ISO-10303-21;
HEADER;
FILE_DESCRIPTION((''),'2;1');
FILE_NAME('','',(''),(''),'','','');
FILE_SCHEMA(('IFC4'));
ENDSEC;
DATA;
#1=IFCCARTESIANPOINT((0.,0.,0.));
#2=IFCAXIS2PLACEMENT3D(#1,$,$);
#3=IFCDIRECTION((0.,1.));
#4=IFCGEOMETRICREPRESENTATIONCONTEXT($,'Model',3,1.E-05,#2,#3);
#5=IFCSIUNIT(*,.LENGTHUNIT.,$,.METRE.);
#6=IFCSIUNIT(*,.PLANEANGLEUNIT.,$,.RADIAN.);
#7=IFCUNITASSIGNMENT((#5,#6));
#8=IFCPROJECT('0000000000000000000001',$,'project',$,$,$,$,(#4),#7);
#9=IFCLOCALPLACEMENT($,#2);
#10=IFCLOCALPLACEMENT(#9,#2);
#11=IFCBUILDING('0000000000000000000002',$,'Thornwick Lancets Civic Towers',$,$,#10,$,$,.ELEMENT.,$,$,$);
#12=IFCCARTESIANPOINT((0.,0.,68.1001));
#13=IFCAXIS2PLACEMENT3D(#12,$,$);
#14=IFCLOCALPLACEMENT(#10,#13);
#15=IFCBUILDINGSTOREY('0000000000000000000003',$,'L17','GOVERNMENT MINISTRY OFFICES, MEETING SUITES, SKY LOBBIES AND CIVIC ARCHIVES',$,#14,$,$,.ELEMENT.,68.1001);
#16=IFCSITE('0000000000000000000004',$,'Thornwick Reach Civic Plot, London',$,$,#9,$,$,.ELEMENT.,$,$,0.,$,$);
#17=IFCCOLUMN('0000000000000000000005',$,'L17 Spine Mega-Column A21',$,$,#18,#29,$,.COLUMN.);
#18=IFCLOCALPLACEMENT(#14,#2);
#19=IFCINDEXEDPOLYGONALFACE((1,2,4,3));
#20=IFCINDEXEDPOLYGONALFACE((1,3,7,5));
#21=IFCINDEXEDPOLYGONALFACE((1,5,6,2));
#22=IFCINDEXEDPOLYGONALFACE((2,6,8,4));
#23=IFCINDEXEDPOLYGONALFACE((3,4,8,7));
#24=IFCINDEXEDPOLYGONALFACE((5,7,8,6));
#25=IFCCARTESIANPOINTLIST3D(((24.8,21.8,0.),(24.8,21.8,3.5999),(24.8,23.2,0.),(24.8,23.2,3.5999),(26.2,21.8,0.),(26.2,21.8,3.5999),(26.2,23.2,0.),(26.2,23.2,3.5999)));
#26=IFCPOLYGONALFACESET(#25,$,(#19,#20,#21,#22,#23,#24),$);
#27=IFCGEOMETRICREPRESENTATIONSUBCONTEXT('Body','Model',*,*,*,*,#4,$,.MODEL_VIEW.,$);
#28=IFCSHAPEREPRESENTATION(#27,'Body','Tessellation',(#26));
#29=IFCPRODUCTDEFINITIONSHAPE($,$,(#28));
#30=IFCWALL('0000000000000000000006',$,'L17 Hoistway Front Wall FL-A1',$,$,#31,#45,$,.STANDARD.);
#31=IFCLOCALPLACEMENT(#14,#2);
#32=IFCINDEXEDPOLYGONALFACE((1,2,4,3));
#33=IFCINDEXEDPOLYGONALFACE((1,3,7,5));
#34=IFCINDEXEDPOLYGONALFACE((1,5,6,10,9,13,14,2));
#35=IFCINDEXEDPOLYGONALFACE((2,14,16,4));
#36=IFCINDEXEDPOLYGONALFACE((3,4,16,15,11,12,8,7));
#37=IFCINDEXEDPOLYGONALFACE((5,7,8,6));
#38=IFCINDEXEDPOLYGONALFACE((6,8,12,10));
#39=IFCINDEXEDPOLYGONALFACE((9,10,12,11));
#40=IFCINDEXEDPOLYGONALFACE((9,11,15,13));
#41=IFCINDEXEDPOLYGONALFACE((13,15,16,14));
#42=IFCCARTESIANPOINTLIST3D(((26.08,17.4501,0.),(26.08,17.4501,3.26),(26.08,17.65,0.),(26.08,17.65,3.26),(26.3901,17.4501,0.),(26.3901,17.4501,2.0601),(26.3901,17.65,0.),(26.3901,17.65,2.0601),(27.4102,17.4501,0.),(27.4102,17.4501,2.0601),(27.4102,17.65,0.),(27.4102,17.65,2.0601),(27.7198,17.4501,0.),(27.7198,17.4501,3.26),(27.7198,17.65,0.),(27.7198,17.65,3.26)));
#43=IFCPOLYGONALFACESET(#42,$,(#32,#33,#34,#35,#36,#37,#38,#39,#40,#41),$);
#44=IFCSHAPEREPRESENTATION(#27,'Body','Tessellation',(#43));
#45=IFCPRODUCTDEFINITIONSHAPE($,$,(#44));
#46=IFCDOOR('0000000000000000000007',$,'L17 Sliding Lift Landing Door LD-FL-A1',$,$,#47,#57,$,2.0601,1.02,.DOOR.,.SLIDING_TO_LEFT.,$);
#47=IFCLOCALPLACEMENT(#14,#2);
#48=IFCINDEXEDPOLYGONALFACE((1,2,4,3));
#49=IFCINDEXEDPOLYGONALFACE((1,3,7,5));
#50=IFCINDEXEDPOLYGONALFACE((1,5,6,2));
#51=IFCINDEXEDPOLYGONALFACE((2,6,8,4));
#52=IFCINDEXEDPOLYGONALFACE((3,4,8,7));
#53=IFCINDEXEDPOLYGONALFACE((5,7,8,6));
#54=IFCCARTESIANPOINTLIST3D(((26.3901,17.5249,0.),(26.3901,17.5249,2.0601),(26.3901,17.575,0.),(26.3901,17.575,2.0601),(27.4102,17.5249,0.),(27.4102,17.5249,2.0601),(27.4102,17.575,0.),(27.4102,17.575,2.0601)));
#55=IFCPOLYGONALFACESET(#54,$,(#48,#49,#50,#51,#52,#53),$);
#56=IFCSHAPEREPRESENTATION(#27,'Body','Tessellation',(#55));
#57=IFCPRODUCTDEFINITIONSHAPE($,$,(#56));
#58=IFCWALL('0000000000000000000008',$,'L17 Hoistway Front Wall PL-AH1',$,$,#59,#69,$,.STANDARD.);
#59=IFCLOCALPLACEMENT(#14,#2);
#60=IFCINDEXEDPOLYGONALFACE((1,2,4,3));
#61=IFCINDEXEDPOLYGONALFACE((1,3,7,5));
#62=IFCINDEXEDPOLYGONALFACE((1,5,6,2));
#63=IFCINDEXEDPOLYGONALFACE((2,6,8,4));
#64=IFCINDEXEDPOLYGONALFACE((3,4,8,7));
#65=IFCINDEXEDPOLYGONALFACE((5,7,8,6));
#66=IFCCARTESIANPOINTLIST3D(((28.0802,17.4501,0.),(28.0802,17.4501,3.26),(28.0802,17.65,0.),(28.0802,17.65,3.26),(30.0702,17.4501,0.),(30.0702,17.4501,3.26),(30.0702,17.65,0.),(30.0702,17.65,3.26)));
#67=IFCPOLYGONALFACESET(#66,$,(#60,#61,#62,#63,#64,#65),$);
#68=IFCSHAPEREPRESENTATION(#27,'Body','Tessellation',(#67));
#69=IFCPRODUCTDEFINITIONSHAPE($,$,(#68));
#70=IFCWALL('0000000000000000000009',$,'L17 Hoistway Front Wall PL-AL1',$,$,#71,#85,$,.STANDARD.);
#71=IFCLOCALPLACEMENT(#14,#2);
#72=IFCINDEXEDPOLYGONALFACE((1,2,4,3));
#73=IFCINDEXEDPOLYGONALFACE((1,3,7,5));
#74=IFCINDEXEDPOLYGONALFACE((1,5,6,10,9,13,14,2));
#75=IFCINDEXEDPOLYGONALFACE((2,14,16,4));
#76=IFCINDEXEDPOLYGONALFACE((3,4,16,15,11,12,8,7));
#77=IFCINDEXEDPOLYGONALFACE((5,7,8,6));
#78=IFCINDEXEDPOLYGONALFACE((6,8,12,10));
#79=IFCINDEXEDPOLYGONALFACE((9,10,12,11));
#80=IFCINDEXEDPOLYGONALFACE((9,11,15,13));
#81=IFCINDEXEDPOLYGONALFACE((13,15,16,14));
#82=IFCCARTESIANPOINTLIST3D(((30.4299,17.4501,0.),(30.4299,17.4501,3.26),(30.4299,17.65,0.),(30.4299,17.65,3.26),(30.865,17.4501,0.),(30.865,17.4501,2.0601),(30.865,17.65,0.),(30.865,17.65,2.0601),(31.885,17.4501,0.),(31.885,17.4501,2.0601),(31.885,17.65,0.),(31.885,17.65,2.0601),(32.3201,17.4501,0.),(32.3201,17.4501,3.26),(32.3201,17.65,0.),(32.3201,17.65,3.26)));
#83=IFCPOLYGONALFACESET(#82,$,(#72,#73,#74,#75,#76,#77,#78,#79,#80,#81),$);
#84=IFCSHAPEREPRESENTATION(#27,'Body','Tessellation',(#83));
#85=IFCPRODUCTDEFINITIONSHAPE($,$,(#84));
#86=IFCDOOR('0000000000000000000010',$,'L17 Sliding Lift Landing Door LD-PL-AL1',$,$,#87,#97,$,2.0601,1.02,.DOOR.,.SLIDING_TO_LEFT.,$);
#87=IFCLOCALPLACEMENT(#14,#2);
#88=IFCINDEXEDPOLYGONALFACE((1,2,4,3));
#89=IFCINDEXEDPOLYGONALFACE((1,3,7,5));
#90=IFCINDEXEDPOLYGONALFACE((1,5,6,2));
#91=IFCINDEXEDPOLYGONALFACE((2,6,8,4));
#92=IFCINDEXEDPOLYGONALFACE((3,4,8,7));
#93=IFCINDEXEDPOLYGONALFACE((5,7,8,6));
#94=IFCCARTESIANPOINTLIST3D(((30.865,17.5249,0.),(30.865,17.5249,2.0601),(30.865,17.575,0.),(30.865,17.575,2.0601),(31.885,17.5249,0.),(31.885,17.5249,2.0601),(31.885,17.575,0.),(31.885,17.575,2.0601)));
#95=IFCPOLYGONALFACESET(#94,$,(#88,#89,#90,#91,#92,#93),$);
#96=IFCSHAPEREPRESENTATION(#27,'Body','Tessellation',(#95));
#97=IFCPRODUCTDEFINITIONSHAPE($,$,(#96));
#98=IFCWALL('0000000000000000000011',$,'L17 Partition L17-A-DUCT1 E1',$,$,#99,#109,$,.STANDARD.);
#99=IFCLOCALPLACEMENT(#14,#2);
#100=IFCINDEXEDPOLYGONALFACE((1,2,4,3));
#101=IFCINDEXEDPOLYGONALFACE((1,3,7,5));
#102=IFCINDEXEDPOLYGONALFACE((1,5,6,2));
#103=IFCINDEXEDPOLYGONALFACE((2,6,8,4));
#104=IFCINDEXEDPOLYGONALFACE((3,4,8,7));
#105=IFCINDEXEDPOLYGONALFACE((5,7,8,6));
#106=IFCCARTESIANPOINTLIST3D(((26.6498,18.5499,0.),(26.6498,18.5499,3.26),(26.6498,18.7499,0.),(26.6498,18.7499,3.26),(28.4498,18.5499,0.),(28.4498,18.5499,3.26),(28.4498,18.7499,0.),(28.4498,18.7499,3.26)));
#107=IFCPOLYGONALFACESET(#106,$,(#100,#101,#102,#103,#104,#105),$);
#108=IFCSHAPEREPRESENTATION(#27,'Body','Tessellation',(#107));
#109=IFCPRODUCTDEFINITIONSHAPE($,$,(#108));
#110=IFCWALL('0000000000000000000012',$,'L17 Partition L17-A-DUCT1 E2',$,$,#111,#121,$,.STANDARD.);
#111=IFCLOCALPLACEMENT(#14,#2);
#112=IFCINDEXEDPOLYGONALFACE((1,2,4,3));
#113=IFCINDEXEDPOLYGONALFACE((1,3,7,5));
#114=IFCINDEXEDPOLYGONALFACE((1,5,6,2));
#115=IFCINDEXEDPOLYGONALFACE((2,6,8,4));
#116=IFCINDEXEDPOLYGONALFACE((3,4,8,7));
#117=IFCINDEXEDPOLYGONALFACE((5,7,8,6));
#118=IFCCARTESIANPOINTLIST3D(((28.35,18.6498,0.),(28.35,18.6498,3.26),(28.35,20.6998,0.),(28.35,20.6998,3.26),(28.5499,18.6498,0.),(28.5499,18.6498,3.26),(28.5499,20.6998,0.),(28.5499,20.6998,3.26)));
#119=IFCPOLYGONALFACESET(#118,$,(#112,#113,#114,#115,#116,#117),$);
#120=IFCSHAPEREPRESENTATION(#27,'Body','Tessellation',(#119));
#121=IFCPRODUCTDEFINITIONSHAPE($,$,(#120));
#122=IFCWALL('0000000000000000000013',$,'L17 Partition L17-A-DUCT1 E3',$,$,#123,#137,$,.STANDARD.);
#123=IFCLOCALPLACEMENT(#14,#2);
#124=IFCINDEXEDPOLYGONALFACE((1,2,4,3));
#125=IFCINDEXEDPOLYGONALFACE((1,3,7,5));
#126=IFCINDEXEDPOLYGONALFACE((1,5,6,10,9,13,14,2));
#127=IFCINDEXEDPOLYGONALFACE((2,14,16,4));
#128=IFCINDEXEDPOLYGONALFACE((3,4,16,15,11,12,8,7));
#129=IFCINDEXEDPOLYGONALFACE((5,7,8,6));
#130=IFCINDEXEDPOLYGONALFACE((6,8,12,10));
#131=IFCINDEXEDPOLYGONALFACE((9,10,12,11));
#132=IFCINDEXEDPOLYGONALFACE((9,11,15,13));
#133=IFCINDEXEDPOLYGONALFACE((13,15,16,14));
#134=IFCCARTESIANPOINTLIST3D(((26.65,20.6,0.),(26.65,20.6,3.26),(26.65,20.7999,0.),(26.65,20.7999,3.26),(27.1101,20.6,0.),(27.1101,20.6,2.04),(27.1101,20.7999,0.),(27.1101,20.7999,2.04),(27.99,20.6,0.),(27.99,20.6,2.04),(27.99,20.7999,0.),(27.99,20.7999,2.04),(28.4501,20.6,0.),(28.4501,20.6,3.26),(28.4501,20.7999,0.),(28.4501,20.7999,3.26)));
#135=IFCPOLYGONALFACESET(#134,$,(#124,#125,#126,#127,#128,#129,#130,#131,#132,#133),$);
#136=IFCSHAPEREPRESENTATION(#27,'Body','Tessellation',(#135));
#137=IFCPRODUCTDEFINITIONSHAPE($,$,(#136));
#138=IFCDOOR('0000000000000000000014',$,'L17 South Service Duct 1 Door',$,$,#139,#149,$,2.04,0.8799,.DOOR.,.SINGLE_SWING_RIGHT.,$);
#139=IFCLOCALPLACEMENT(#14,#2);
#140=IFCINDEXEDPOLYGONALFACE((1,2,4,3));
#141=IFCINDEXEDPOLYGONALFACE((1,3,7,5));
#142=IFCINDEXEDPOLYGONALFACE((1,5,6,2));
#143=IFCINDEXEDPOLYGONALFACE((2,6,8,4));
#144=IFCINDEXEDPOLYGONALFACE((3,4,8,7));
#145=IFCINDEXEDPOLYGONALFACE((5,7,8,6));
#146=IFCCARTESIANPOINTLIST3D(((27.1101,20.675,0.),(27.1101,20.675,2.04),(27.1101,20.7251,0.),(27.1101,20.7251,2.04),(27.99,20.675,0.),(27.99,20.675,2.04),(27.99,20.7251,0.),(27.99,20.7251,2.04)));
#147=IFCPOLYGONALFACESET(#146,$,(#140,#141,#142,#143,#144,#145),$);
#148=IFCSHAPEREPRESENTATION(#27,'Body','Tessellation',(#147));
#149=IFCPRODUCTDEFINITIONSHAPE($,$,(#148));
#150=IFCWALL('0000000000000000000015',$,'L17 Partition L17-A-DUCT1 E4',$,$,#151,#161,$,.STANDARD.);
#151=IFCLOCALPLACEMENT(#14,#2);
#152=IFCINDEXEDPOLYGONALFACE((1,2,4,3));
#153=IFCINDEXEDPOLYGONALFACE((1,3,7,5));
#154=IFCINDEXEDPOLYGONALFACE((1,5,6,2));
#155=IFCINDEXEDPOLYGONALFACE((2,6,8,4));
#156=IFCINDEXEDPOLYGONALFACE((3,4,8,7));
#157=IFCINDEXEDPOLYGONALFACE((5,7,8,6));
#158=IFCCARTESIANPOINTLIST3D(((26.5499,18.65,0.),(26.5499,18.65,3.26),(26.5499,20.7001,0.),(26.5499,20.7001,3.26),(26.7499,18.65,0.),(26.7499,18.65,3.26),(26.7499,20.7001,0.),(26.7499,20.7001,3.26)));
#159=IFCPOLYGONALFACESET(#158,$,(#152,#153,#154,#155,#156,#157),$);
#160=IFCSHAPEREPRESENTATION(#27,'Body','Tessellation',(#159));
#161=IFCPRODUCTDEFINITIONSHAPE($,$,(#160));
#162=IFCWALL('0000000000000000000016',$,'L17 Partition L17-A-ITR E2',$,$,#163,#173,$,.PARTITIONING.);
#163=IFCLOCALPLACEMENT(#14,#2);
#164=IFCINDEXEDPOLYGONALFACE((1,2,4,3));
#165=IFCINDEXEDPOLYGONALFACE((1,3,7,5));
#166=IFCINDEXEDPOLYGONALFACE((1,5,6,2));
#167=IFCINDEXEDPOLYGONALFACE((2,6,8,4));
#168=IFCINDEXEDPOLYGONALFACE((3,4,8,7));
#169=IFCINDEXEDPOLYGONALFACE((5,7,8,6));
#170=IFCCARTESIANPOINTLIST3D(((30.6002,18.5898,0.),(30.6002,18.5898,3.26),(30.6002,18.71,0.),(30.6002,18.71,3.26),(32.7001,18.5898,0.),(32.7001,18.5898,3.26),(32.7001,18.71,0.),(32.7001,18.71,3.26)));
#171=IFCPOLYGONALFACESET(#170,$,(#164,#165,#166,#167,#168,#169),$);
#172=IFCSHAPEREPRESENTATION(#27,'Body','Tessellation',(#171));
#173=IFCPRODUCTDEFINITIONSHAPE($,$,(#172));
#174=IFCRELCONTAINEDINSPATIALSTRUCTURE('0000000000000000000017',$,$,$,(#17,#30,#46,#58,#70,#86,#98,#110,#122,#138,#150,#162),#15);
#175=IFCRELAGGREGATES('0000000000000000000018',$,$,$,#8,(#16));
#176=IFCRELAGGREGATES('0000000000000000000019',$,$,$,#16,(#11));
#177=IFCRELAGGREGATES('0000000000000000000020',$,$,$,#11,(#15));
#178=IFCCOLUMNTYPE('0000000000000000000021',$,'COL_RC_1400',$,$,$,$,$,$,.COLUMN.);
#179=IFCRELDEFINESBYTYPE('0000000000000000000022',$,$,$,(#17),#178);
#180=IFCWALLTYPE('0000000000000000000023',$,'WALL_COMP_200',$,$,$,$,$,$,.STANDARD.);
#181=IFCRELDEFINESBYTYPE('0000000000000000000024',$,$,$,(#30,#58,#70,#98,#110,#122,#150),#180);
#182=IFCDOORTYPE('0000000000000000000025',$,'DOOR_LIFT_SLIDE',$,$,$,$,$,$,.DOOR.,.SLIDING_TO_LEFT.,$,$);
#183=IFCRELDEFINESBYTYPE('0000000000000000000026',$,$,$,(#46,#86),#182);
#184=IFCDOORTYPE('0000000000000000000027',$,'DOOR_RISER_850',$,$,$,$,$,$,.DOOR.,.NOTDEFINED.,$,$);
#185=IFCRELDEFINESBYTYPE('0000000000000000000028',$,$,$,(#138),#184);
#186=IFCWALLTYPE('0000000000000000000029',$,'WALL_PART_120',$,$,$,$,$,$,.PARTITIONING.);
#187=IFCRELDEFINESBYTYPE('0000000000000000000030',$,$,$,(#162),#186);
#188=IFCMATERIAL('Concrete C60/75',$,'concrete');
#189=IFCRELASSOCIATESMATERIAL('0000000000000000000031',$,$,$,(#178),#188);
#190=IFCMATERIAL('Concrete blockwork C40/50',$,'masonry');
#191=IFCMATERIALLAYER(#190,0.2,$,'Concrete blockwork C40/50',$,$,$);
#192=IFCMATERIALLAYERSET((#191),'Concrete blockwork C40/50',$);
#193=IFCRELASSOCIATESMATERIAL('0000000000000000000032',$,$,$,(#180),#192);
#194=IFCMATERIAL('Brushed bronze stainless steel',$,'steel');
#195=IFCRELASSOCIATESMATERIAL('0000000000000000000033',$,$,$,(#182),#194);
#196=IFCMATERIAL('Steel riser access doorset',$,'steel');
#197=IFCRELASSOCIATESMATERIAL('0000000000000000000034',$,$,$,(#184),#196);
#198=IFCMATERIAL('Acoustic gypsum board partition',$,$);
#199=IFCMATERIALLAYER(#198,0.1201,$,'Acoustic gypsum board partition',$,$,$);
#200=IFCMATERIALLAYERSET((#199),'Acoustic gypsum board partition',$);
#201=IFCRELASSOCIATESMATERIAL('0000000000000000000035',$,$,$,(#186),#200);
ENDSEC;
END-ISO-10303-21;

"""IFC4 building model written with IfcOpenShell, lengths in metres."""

from ifc_helpers import new_model, si_unit, direction, frame, frame_2d, origin, origin_2d, place, context, subcontext, project, spatial, rectangle, extrude, material, layer, layer_set, material_profile, profile_set, type_object, element, fill, save


model = new_model("IFC4")

# Units and contexts
model_context = context("Model", 3, precision=1e-05, world=origin(), true_north=direction((0.0, 1.0)))
body_context = subcontext(model_context, "Body", "Model", "MODEL_VIEW")
ifc_project = project(units=[si_unit("LENGTHUNIT", "METRE"), si_unit("PLANEANGLEUNIT", "RADIAN")], contexts=[model_context])

# Site, building, storey
site_placement = place(None, origin())
site = spatial("IfcSite", under=ifc_project, at=site_placement, Name="Thornwick Reach Civic Plot, London", CompositionType="ELEMENT", RefElevation=0.0)
building_placement = place(site_placement, origin())
building = spatial("IfcBuilding", under=site, at=building_placement, Name="Thornwick Lancets Civic Towers", CompositionType="ELEMENT")
storey_placement = place(building_placement, frame((0.0, 0.0, 68.1001)))
storey = spatial("IfcBuildingStorey", under=building, at=storey_placement, Name="L17", Description="GOVERNMENT MINISTRY OFFICES, MEETING SUITES, SKY LOBBIES AND CIVIC ARCHIVES", CompositionType="ELEMENT", Elevation=68.1001)

# Column
ifc_material_1 = material(Name="Concrete C60/75", Category="concrete")
ifc_material_profile = material_profile(ifc_material_1, rectangle(XDim=1.3999, YDim=1.3999, at=origin_2d()), Name="RC 1400x1400")
ifc_profile_set = profile_set([ifc_material_profile], Name="Concrete C60/75")
column_type = type_object("IfcColumnType", Name="COL_RC_1400", PredefinedType="COLUMN", material=ifc_profile_set)
column_placement = place(storey_placement, frame((25.5, 22.5, 0.0), z_axis=(0.0, 0.0, 1.0), x_axis=(1.0, 0.0, 0.0)))
element("IfcColumn", 1, at=column_placement, inside=storey, type_object=column_type, Name="L17 Spine Mega-Column A21", PredefinedType="COLUMN", context=body_context, shape_type="SweptSolid", body=[
    extrude(rectangle(XDim=1.3999, YDim=1.3999, at=origin_2d()), origin(), (0.0, 0.0, 1.0), 3.5999),
])

# Wall, opening, door
ifc_material_2 = material(Name="Concrete blockwork C40/50", Category="masonry")
ifc_layer_1 = layer(ifc_material_2, 0.2, Name="Concrete blockwork C40/50")
ifc_layer_set_1 = layer_set([ifc_layer_1], Name="Concrete blockwork C40/50")
wall_type_1 = type_object("IfcWallType", Name="WALL_COMP_200", PredefinedType="STANDARD", material=ifc_layer_set_1)
wall_1_placement = place(storey_placement, frame((26.0801, 17.55, 0.0), z_axis=(0.0, 0.0, 1.0), x_axis=(1.0, 0.0, 0.0)))
wall_1 = element("IfcWall", 2, at=wall_1_placement, inside=storey, type_object=wall_type_1, Name="L17 Hoistway Front Wall FL-A1", PredefinedType="STANDARD", context=body_context, shape_type="SweptSolid", body=[
    extrude(rectangle(XDim=1.6399, YDim=0.2, at=frame_2d((0.8198, 0.0))), origin(), (0.0, 0.0, 1.0), 3.26),
])
opening_1_placement = place(wall_1_placement, frame((0.3101, 0.0, 0.0)))
opening_1 = element("IfcOpeningElement", 3, at=opening_1_placement, cuts=wall_1, PredefinedType="OPENING", context=body_context, shape_type="SweptSolid", body=[
    extrude(rectangle(XDim=1.02, YDim=2.0601, at=frame_2d((0.51, 1.03))), frame((0.0, 0.1099, 0.0), z_axis=(0.0, -1.0, 0.0), x_axis=(1.0, 0.0, 0.0)), (0.0, 0.0, 1.0), 0.22),
])
ifc_material_3 = material(Name="Brushed bronze stainless steel", Category="steel")
door_type_1 = type_object("IfcDoorType", Name="DOOR_LIFT_SLIDE", OperationType="SLIDING_TO_LEFT", PredefinedType="DOOR", material=ifc_material_3)
door_1_placement = place(opening_1_placement, origin())
door_1 = element("IfcDoor", 4, at=door_1_placement, inside=storey, type_object=door_type_1, Name="L17 Sliding Lift Landing Door LD-FL-A1", OperationType="SLIDING_TO_LEFT", OverallHeight=2.0601, OverallWidth=1.02, PredefinedType="DOOR", context=body_context, shape_type="SweptSolid", body=[
    extrude(rectangle(XDim=1.02, YDim=2.0601, at=frame_2d((0.51, 1.03))), frame((0.0, 0.0249, 0.0), z_axis=(0.0, -1.0, 0.0), x_axis=(1.0, 0.0, 0.0)), (0.0, 0.0, 1.0), 0.05),
])
fill(opening_1, door_1)

# Wall
wall_2_placement = place(storey_placement, frame((28.0801, 17.55, 0.0), z_axis=(0.0, 0.0, 1.0), x_axis=(1.0, 0.0, 0.0)))
element("IfcWall", 5, at=wall_2_placement, inside=storey, type_object=wall_type_1, Name="L17 Hoistway Front Wall PL-AH1", PredefinedType="STANDARD", context=body_context, shape_type="SweptSolid", body=[
    extrude(rectangle(XDim=1.99, YDim=0.2, at=frame_2d((0.9951, 0.0))), origin(), (0.0, 0.0, 1.0), 3.26),
])

# Wall, opening, door
wall_3_placement = place(storey_placement, frame((30.4299, 17.55, 0.0), z_axis=(0.0, 0.0, 1.0), x_axis=(1.0, 0.0, 0.0)))
wall_3 = element("IfcWall", 6, at=wall_3_placement, inside=storey, type_object=wall_type_1, Name="L17 Hoistway Front Wall PL-AL1", PredefinedType="STANDARD", context=body_context, shape_type="SweptSolid", body=[
    extrude(rectangle(XDim=1.8901, YDim=0.2, at=frame_2d((0.9451, 0.0))), origin(), (0.0, 0.0, 1.0), 3.26),
])
opening_2_placement = place(wall_3_placement, frame((0.4351, 0.0, 0.0)))
opening_2 = element("IfcOpeningElement", 7, at=opening_2_placement, cuts=wall_3, PredefinedType="OPENING", context=body_context, shape_type="SweptSolid", body=[
    extrude(rectangle(XDim=1.02, YDim=2.0601, at=frame_2d((0.51, 1.03))), frame((0.0, 0.1099, 0.0), z_axis=(0.0, -1.0, 0.0), x_axis=(1.0, 0.0, 0.0)), (0.0, 0.0, 1.0), 0.22),
])
door_2_placement = place(opening_2_placement, origin())
door_2 = element("IfcDoor", 8, at=door_2_placement, inside=storey, type_object=door_type_1, Name="L17 Sliding Lift Landing Door LD-PL-AL1", OperationType="SLIDING_TO_LEFT", OverallHeight=2.0601, OverallWidth=1.02, PredefinedType="DOOR", context=body_context, shape_type="SweptSolid", body=[
    extrude(rectangle(XDim=1.02, YDim=2.0601, at=frame_2d((0.51, 1.03))), frame((0.0, 0.0249, 0.0), z_axis=(0.0, -1.0, 0.0), x_axis=(1.0, 0.0, 0.0)), (0.0, 0.0, 1.0), 0.05),
])
fill(opening_2, door_2)

# Walls
wall_4_placement = place(storey_placement, frame((26.6499, 18.6499, 0.0), z_axis=(0.0, 0.0, 1.0), x_axis=(1.0, 0.0, 0.0)))
element("IfcWall", 9, at=wall_4_placement, inside=storey, type_object=wall_type_1, Name="L17 Partition L17-A-DUCT1 E1", PredefinedType="STANDARD", context=body_context, shape_type="SweptSolid", body=[
    extrude(rectangle(XDim=1.8, YDim=0.2, at=frame_2d((0.8999, 0.0))), origin(), (0.0, 0.0, 1.0), 3.26),
])
wall_5_placement = place(storey_placement, frame((28.45, 18.6499, 0.0), z_axis=(0.0, 0.0, 1.0), x_axis=(0.0, 1.0, 0.0)))
element("IfcWall", 10, at=wall_5_placement, inside=storey, type_object=wall_type_1, Name="L17 Partition L17-A-DUCT1 E2", PredefinedType="STANDARD", context=body_context, shape_type="SweptSolid", body=[
    extrude(rectangle(XDim=2.05, YDim=0.2, at=frame_2d((1.0249, 0.0))), origin(), (0.0, 0.0, 1.0), 3.26),
])

# Wall, opening, door
wall_6_placement = place(storey_placement, frame((28.45, 20.7, 0.0), z_axis=(0.0, 0.0, 1.0), x_axis=(-1.0, 0.0, 0.0)))
wall_6 = element("IfcWall", 11, at=wall_6_placement, inside=storey, type_object=wall_type_1, Name="L17 Partition L17-A-DUCT1 E3", PredefinedType="STANDARD", context=body_context, shape_type="SweptSolid", body=[
    extrude(rectangle(XDim=1.8, YDim=0.2, at=frame_2d((0.8999, 0.0))), origin(), (0.0, 0.0, 1.0), 3.26),
])
opening_3_placement = place(wall_6_placement, frame((0.46, 0.0, 0.0)))
opening_3 = element("IfcOpeningElement", 12, at=opening_3_placement, cuts=wall_6, PredefinedType="OPENING", context=body_context, shape_type="SweptSolid", body=[
    extrude(rectangle(XDim=0.8799, YDim=2.04, at=frame_2d((0.4399, 1.02))), frame((0.0, 0.1099, 0.0), z_axis=(0.0, -1.0, 0.0), x_axis=(1.0, 0.0, 0.0)), (0.0, 0.0, 1.0), 0.22),
])
ifc_material_4 = material(Name="Steel riser access doorset", Category="steel")
door_type_2 = type_object("IfcDoorType", Name="DOOR_RISER_850", OperationType="NOTDEFINED", PredefinedType="DOOR", material=ifc_material_4)
door_3_placement = place(opening_3_placement, origin())
door_3 = element("IfcDoor", 13, at=door_3_placement, inside=storey, type_object=door_type_2, Name="L17 South Service Duct 1 Door", OperationType="SINGLE_SWING_RIGHT", OverallHeight=2.04, OverallWidth=0.8799, PredefinedType="DOOR", context=body_context, shape_type="SweptSolid", body=[
    extrude(rectangle(XDim=0.8799, YDim=2.04, at=frame_2d((0.4399, 1.02))), frame((0.0, 0.0249, 0.0), z_axis=(0.0, -1.0, 0.0), x_axis=(1.0, 0.0, 0.0)), (0.0, 0.0, 1.0), 0.05),
])
fill(opening_3, door_3)

# Walls
wall_7_placement = place(storey_placement, frame((26.6499, 20.7, 0.0), z_axis=(0.0, 0.0, 1.0), x_axis=(0.0, -1.0, 0.0)))
element("IfcWall", 14, at=wall_7_placement, inside=storey, type_object=wall_type_1, Name="L17 Partition L17-A-DUCT1 E4", PredefinedType="STANDARD", context=body_context, shape_type="SweptSolid", body=[
    extrude(rectangle(XDim=2.05, YDim=0.2, at=frame_2d((1.0249, 0.0))), origin(), (0.0, 0.0, 1.0), 3.26),
])
ifc_material_5 = material(Name="Acoustic gypsum board partition")
ifc_layer_2 = layer(ifc_material_5, 0.1201, Name="Acoustic gypsum board partition")
ifc_layer_set_2 = layer_set([ifc_layer_2], Name="Acoustic gypsum board partition")
wall_type_2 = type_object("IfcWallType", Name="WALL_PART_120", PredefinedType="PARTITIONING", material=ifc_layer_set_2)
wall_8_placement = place(storey_placement, frame((32.7, 18.6499, 0.0), z_axis=(0.0, 0.0, 1.0), x_axis=(-1.0, 0.0, 0.0)))
element("IfcWall", 15, at=wall_8_placement, inside=storey, type_object=wall_type_2, Name="L17 Partition L17-A-ITR E2", PredefinedType="PARTITIONING", context=body_context, shape_type="SweptSolid", body=[
    extrude(rectangle(XDim=2.0999, YDim=0.1201, at=frame_2d((1.0498, 0.0))), origin(), (0.0, 0.0, 1.0), 3.26),
])

save(model, "model.ifc")
